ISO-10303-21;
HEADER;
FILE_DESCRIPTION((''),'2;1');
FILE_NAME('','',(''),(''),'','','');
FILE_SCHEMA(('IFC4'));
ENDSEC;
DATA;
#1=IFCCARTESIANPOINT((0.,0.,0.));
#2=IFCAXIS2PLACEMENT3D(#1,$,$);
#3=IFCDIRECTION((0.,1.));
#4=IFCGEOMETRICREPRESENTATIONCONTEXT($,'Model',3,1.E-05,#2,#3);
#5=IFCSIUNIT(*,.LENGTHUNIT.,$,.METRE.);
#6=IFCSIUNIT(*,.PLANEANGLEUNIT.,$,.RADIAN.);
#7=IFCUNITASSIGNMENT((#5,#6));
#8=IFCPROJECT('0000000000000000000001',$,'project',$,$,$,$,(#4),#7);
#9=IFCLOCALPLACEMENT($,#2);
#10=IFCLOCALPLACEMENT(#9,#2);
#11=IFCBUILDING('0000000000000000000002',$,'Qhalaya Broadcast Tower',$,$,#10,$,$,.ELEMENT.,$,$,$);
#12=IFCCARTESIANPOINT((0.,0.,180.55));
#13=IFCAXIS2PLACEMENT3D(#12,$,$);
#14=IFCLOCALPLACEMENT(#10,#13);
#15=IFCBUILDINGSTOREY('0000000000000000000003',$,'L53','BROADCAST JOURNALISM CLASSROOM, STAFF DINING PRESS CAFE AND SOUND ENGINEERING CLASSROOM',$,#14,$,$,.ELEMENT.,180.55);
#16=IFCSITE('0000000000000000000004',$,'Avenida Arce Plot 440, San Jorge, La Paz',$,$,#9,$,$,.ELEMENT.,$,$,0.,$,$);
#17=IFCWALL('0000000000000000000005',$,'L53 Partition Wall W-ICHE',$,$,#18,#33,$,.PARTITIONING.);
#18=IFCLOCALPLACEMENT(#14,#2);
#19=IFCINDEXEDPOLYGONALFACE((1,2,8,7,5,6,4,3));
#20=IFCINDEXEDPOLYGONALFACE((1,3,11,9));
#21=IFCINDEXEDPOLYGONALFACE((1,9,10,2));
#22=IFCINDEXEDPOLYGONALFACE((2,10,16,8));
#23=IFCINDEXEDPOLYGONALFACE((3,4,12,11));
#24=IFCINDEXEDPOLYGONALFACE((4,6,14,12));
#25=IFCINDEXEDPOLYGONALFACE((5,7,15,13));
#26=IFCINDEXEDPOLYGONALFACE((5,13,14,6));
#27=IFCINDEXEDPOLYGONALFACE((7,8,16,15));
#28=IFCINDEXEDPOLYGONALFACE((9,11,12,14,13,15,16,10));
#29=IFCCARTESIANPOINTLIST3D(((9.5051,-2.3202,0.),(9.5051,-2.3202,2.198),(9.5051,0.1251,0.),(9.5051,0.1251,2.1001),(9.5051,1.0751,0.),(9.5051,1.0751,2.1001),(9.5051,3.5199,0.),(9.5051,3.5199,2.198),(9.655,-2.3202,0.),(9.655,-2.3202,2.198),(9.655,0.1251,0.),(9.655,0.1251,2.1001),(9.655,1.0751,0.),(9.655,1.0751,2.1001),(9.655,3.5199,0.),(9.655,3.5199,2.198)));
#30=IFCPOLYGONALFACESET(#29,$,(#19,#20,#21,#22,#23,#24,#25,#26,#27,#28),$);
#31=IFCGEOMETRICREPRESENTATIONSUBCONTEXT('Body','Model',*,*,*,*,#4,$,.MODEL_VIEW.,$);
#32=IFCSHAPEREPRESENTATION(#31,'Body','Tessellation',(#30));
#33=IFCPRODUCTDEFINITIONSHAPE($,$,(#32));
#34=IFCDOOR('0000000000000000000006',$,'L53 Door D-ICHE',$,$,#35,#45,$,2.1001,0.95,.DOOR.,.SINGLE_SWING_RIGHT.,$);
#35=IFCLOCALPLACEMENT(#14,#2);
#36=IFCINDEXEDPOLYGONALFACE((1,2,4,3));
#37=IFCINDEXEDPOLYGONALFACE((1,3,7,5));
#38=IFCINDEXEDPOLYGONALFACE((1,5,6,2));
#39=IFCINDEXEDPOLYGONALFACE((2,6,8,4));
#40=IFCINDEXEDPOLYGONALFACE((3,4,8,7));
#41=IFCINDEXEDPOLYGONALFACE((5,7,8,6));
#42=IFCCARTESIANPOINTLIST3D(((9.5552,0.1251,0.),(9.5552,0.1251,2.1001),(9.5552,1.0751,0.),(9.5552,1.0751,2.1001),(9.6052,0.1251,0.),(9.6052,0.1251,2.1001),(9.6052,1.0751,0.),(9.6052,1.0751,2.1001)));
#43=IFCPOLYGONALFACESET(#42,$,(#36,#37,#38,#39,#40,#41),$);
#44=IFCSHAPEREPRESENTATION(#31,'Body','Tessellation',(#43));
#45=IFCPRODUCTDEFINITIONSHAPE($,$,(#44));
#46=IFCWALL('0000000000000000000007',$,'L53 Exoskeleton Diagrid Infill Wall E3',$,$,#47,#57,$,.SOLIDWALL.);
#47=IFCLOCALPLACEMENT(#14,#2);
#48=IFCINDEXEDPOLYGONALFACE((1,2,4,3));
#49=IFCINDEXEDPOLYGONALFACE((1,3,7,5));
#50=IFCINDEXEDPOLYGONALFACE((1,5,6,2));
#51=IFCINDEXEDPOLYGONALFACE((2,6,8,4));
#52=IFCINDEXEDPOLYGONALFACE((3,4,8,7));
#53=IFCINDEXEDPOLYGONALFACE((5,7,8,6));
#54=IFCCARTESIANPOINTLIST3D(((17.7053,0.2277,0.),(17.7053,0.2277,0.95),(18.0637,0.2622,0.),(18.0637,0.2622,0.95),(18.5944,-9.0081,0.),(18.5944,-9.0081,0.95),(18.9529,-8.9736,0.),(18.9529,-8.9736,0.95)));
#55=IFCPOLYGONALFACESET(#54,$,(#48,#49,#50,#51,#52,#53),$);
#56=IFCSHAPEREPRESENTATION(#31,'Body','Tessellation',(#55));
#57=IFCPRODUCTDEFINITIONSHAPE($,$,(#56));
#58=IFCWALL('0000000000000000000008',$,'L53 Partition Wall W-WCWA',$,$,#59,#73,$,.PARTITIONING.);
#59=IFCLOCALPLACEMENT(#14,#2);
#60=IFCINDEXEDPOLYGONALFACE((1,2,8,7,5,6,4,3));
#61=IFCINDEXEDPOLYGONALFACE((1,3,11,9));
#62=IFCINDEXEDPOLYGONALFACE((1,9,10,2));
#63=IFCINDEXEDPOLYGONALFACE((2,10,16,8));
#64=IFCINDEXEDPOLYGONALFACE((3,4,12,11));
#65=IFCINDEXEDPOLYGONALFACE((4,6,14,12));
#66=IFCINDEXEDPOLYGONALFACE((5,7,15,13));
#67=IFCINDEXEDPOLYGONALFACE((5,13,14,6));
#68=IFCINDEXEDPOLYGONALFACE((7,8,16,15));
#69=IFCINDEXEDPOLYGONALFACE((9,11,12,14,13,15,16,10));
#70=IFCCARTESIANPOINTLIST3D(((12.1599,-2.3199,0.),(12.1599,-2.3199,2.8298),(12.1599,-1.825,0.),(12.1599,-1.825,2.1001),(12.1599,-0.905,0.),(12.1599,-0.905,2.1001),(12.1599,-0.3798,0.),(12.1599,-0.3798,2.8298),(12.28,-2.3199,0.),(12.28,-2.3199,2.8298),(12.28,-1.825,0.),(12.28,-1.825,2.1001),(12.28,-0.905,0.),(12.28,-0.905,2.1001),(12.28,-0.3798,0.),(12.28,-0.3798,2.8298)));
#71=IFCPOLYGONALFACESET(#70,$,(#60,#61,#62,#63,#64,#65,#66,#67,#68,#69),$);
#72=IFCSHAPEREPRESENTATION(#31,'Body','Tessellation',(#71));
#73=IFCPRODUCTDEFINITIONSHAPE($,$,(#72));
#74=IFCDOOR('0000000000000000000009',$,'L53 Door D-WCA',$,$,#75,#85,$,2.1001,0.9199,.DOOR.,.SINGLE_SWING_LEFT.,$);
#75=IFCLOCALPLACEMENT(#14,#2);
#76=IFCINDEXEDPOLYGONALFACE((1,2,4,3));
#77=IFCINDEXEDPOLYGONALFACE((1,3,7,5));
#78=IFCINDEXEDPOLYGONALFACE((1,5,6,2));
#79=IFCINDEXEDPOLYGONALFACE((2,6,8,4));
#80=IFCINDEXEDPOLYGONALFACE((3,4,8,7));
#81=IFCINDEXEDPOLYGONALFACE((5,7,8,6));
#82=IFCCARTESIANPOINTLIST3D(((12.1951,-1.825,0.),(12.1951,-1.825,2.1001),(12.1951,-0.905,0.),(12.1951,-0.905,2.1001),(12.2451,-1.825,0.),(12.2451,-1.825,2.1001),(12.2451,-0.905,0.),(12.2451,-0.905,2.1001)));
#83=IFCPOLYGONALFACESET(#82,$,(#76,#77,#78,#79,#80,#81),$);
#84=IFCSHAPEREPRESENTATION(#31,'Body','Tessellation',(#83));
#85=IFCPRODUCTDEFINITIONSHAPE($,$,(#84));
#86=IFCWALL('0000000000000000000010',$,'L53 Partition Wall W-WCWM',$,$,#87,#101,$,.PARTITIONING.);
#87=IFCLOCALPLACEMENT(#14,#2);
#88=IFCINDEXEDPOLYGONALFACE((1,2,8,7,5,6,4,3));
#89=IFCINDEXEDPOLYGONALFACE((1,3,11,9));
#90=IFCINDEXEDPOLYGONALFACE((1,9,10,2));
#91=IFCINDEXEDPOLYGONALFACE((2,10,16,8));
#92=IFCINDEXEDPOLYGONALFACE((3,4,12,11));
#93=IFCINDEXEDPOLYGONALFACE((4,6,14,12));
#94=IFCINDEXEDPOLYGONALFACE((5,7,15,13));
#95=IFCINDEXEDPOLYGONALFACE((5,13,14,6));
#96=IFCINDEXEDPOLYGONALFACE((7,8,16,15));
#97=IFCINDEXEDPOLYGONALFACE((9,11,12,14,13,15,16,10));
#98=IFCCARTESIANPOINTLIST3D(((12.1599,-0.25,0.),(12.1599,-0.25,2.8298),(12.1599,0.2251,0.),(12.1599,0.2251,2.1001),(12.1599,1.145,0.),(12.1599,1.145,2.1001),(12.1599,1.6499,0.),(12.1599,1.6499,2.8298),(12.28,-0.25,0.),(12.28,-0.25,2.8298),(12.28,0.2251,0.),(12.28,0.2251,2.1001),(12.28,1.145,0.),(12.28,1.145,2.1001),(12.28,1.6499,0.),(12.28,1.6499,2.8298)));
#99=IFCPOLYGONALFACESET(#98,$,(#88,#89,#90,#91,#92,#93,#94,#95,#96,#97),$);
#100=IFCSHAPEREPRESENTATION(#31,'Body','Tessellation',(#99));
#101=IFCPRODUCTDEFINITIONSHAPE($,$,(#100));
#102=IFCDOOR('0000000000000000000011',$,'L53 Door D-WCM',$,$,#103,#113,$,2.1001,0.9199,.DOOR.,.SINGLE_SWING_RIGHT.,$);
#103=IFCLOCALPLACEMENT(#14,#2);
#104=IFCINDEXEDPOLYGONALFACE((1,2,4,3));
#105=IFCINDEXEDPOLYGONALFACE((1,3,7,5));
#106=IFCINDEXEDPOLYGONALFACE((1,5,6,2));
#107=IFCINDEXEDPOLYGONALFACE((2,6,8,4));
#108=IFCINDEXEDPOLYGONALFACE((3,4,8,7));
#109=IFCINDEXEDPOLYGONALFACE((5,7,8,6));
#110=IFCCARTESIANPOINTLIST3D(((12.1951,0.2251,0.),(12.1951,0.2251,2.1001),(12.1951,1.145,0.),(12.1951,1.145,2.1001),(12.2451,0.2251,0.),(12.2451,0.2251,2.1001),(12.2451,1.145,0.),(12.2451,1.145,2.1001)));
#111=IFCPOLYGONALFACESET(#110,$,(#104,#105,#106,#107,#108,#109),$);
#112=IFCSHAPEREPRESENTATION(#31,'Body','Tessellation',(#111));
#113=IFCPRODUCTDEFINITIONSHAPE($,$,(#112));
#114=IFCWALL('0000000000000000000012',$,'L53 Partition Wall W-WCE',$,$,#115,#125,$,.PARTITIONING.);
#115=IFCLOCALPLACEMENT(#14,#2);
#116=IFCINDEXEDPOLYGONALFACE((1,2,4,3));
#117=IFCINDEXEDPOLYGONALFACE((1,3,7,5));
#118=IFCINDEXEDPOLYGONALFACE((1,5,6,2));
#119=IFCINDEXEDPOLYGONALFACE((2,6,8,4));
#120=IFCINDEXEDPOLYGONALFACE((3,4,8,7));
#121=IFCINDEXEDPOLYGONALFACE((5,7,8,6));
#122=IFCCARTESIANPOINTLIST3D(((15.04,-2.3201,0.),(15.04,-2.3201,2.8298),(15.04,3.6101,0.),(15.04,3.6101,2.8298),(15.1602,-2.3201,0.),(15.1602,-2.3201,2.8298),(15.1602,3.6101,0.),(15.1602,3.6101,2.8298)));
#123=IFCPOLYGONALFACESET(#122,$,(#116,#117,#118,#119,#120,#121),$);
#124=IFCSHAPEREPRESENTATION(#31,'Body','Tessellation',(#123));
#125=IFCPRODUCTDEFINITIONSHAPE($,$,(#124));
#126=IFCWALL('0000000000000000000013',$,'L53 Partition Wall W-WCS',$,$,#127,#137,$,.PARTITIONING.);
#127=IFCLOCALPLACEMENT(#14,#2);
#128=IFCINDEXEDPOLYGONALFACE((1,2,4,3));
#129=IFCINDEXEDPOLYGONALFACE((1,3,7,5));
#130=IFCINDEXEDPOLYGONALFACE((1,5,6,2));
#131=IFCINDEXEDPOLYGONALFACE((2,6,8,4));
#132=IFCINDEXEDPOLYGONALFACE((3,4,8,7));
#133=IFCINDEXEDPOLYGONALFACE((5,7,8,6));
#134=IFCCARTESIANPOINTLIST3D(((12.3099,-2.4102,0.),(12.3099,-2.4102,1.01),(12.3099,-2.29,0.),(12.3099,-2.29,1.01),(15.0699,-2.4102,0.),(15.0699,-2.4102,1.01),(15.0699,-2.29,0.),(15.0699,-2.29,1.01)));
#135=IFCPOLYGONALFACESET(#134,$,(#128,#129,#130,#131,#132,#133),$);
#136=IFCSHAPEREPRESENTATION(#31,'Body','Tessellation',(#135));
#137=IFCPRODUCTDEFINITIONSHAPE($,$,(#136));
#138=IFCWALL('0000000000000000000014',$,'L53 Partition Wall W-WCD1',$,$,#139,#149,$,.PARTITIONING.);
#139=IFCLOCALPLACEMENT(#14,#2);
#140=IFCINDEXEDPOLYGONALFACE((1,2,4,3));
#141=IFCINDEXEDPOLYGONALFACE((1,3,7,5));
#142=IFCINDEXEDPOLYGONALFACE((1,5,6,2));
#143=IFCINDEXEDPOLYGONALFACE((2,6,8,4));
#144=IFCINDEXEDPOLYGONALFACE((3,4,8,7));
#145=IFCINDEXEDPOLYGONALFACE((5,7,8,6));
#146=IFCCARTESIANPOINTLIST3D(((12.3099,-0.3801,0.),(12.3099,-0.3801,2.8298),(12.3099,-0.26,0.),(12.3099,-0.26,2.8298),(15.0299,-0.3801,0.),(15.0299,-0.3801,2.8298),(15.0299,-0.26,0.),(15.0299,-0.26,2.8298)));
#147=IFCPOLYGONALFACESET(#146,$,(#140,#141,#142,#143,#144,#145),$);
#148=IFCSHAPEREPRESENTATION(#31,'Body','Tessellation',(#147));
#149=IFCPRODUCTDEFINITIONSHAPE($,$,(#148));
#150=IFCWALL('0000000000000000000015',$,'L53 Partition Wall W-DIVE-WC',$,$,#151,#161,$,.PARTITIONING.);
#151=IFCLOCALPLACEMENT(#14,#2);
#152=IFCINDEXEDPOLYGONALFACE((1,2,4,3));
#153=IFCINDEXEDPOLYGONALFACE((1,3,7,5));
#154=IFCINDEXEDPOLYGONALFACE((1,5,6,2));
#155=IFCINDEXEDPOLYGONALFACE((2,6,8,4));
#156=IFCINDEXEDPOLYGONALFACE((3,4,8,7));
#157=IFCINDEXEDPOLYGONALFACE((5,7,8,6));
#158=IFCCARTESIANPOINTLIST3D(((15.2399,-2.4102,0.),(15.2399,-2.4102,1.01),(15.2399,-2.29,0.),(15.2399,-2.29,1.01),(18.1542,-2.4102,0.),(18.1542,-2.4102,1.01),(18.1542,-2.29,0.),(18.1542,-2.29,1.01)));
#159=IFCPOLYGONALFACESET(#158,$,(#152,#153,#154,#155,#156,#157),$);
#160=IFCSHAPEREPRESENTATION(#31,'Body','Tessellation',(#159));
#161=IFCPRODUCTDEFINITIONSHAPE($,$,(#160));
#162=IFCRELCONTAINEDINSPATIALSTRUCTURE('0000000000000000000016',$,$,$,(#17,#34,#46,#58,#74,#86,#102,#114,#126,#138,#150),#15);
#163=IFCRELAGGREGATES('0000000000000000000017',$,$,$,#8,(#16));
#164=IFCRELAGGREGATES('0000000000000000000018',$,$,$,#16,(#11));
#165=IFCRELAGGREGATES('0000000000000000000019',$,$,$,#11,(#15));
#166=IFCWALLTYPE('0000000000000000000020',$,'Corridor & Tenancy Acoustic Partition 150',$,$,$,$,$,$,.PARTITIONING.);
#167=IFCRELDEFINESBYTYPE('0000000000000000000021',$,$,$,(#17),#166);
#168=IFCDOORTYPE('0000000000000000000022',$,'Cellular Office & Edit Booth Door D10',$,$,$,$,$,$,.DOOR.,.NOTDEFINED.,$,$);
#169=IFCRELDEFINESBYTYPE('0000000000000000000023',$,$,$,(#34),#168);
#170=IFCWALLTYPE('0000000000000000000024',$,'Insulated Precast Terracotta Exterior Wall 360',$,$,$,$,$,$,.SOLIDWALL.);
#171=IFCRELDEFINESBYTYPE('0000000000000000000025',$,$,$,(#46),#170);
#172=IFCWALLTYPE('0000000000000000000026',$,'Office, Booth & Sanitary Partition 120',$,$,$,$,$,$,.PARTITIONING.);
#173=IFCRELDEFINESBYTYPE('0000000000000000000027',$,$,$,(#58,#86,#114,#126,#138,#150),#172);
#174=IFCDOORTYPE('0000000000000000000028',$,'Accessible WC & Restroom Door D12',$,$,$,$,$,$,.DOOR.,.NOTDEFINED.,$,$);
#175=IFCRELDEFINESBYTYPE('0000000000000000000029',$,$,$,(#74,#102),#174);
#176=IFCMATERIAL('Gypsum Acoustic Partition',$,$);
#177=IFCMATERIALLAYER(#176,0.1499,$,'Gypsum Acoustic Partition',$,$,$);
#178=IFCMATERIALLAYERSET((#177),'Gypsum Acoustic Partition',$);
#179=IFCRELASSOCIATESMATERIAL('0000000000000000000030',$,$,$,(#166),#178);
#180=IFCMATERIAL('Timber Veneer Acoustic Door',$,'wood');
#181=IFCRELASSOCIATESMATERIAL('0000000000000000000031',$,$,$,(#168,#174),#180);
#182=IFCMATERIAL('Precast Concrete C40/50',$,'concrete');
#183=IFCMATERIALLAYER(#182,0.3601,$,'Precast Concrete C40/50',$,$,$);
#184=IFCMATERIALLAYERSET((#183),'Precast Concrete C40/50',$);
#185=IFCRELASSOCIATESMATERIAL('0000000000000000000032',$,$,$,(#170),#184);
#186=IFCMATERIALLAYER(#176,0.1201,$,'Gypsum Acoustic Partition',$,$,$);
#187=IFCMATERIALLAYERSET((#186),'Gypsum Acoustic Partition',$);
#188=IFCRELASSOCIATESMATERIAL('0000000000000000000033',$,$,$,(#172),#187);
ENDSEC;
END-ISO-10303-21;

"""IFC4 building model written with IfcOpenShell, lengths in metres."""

from ifc_helpers import new_model, si_unit, direction, frame, frame_2d, origin, place, context, subcontext, project, spatial, rectangle, extrude, material, layer, layer_set, type_object, element, fill, save


model = new_model("IFC4")

# Units and contexts
model_context = context("Model", 3, precision=1e-05, world=origin(), true_north=direction((0.0, 1.0)))
body_context = subcontext(model_context, "Body", "Model", "MODEL_VIEW")
ifc_project = project(units=[si_unit("LENGTHUNIT", "METRE"), si_unit("PLANEANGLEUNIT", "RADIAN")], contexts=[model_context])

# Site, building, storey
site_placement = place(None, origin())
site = spatial("IfcSite", under=ifc_project, at=site_placement, Name="Avenida Arce Plot 440, San Jorge, La Paz", CompositionType="ELEMENT", RefElevation=0.0)
building_placement = place(site_placement, origin())
building = spatial("IfcBuilding", under=site, at=building_placement, Name="Qhalaya Broadcast Tower", CompositionType="ELEMENT")
storey_placement = place(building_placement, frame((0.0, 0.0, 180.55)))
storey = spatial("IfcBuildingStorey", under=building, at=storey_placement, Name="L53", Description="BROADCAST JOURNALISM CLASSROOM, STAFF DINING PRESS CAFE AND SOUND ENGINEERING CLASSROOM", CompositionType="ELEMENT", Elevation=180.55)

# Wall, opening, door
ifc_material_1 = material(Name="Gypsum Acoustic Partition")
ifc_layer_1 = layer(ifc_material_1, 0.1499, Name="Gypsum Acoustic Partition")
ifc_layer_set_1 = layer_set([ifc_layer_1], Name="Gypsum Acoustic Partition")
wall_type_1 = type_object("IfcWallType", Name="Corridor & Tenancy Acoustic Partition 150", PredefinedType="PARTITIONING", material=ifc_layer_set_1)
wall_1_placement = place(storey_placement, frame((9.5801, -2.3201, 0.0), z_axis=(0.0, 0.0, 1.0), x_axis=(0.0, 1.0, 0.0)))
wall_1 = element("IfcWall", 1, at=wall_1_placement, inside=storey, type_object=wall_type_1, Name="L53 Partition Wall W-ICHE", PredefinedType="PARTITIONING", context=body_context, shape_type="SweptSolid", body=[
    extrude(rectangle(XDim=5.8401, YDim=0.1499, at=frame_2d((2.9199, 0.0))), origin(), (0.0, 0.0, 1.0), 2.198),
])
opening_1_placement = place(wall_1_placement, frame((2.4451, 0.0, 0.0)))
opening_1 = element("IfcOpeningElement", 2, at=opening_1_placement, cuts=wall_1, PredefinedType="OPENING", context=body_context, shape_type="SweptSolid", body=[
    extrude(rectangle(XDim=0.95, YDim=2.1001, at=frame_2d((0.4751, 1.05))), frame((0.0, 0.0869, 0.0), z_axis=(0.0, -1.0, 0.0), x_axis=(1.0, 0.0, 0.0)), (0.0, 0.0, 1.0), 0.1738),
])
ifc_material_2 = material(Name="Timber Veneer Acoustic Door", Category="wood")
door_type_1 = type_object("IfcDoorType", Name="Cellular Office & Edit Booth Door D10", OperationType="NOTDEFINED", PredefinedType="DOOR", material=ifc_material_2)
door_1_placement = place(opening_1_placement, origin())
door_1 = element("IfcDoor", 3, at=door_1_placement, inside=storey, type_object=door_type_1, Name="L53 Door D-ICHE", OperationType="SINGLE_SWING_RIGHT", OverallHeight=2.1001, OverallWidth=0.95, PredefinedType="DOOR", context=body_context, shape_type="SweptSolid", body=[
    extrude(rectangle(XDim=0.95, YDim=2.1001, at=frame_2d((0.4751, 1.05))), frame((0.0, 0.0249, 0.0), z_axis=(0.0, -1.0, 0.0), x_axis=(1.0, 0.0, 0.0)), (0.0, 0.0, 1.0), 0.05),
])
fill(opening_1, door_1)

# Wall
ifc_material_3 = material(Name="Precast Concrete C40/50", Category="concrete")
ifc_layer_2 = layer(ifc_material_3, 0.3601, Name="Precast Concrete C40/50")
ifc_layer_set_2 = layer_set([ifc_layer_2], Name="Precast Concrete C40/50")
wall_type_2 = type_object("IfcWallType", Name="Insulated Precast Terracotta Exterior Wall 360", PredefinedType="SOLIDWALL", material=ifc_layer_set_2)
wall_2_placement = place(storey_placement, frame((17.8845, 0.2449, 0.0), z_axis=(0.0, 0.0, 1.0), x_axis=(0.09583, -0.995398, 0.0)))
element("IfcWall", 4, at=wall_2_placement, inside=storey, type_object=wall_type_2, Name="L53 Exoskeleton Diagrid Infill Wall E3", PredefinedType="SOLIDWALL", context=body_context, shape_type="SweptSolid", body=[
    extrude(rectangle(XDim=9.2786, YDim=0.3601, at=frame_2d((4.6392, 0.0))), origin(), (0.0, 0.0, 1.0), 0.95),
])

# Walls, openings, doors
ifc_layer_3 = layer(ifc_material_1, 0.1201, Name="Gypsum Acoustic Partition")
ifc_layer_set_3 = layer_set([ifc_layer_3], Name="Gypsum Acoustic Partition")
wall_type_3 = type_object("IfcWallType", Name="Office, Booth & Sanitary Partition 120", PredefinedType="PARTITIONING", material=ifc_layer_set_3)
wall_3_placement = place(storey_placement, frame((12.22, -2.3201, 0.0), z_axis=(0.0, 0.0, 1.0), x_axis=(0.0, 1.0, 0.0)))
wall_3 = element("IfcWall", 5, at=wall_3_placement, inside=storey, type_object=wall_type_3, Name="L53 Partition Wall W-WCWA", PredefinedType="PARTITIONING", context=body_context, shape_type="SweptSolid", body=[
    extrude(rectangle(XDim=1.9402, YDim=0.1201, at=frame_2d((0.9702, 0.0))), origin(), (0.0, 0.0, 1.0), 2.8298),
])
opening_2_placement = place(wall_3_placement, frame((0.4951, 0.0, 0.0)))
opening_2 = element("IfcOpeningElement", 6, at=opening_2_placement, cuts=wall_3, PredefinedType="OPENING", context=body_context, shape_type="SweptSolid", body=[
    extrude(rectangle(XDim=0.9199, YDim=2.1001, at=frame_2d((0.46, 1.05))), frame((0.0, 0.072, 0.0), z_axis=(0.0, -1.0, 0.0), x_axis=(1.0, 0.0, 0.0)), (0.0, 0.0, 1.0), 0.144),
])
door_type_2 = type_object("IfcDoorType", Name="Accessible WC & Restroom Door D12", OperationType="NOTDEFINED", PredefinedType="DOOR", material=ifc_material_2)
door_2_placement = place(opening_2_placement, origin())
door_2 = element("IfcDoor", 7, at=door_2_placement, inside=storey, type_object=door_type_2, Name="L53 Door D-WCA", OperationType="SINGLE_SWING_LEFT", OverallHeight=2.1001, OverallWidth=0.9199, PredefinedType="DOOR", context=body_context, shape_type="SweptSolid", body=[
    extrude(rectangle(XDim=0.9199, YDim=2.1001, at=frame_2d((0.46, 1.05))), frame((0.0, 0.0249, 0.0), z_axis=(0.0, -1.0, 0.0), x_axis=(1.0, 0.0, 0.0)), (0.0, 0.0, 1.0), 0.05),
])
fill(opening_2, door_2)
wall_4_placement = place(storey_placement, frame((12.22, -0.25, 0.0), z_axis=(0.0, 0.0, 1.0), x_axis=(0.0, 1.0, 0.0)))
wall_4 = element("IfcWall", 8, at=wall_4_placement, inside=storey, type_object=wall_type_3, Name="L53 Partition Wall W-WCWM", PredefinedType="PARTITIONING", context=body_context, shape_type="SweptSolid", body=[
    extrude(rectangle(XDim=1.8999, YDim=0.1201, at=frame_2d((0.95, 0.0))), origin(), (0.0, 0.0, 1.0), 2.8298),
])
opening_3_placement = place(wall_4_placement, frame((0.4751, 0.0, 0.0)))
opening_3 = element("IfcOpeningElement", 9, at=opening_3_placement, cuts=wall_4, PredefinedType="OPENING", context=body_context, shape_type="SweptSolid", body=[
    extrude(rectangle(XDim=0.9199, YDim=2.1001, at=frame_2d((0.46, 1.05))), frame((0.0, 0.072, 0.0), z_axis=(0.0, -1.0, 0.0), x_axis=(1.0, 0.0, 0.0)), (0.0, 0.0, 1.0), 0.144),
])
door_3_placement = place(opening_3_placement, origin())
door_3 = element("IfcDoor", 10, at=door_3_placement, inside=storey, type_object=door_type_2, Name="L53 Door D-WCM", OperationType="SINGLE_SWING_RIGHT", OverallHeight=2.1001, OverallWidth=0.9199, PredefinedType="DOOR", context=body_context, shape_type="SweptSolid", body=[
    extrude(rectangle(XDim=0.9199, YDim=2.1001, at=frame_2d((0.46, 1.05))), frame((0.0, 0.0249, 0.0), z_axis=(0.0, -1.0, 0.0), x_axis=(1.0, 0.0, 0.0)), (0.0, 0.0, 1.0), 0.05),
])
fill(opening_3, door_3)

# Walls
wall_5_placement = place(storey_placement, frame((15.1001, -2.3201, 0.0), z_axis=(0.0, 0.0, 1.0), x_axis=(0.0, 1.0, 0.0)))
element("IfcWall", 11, at=wall_5_placement, inside=storey, type_object=wall_type_3, Name="L53 Partition Wall W-WCE", PredefinedType="PARTITIONING", context=body_context, shape_type="SweptSolid", body=[
    extrude(rectangle(XDim=5.9302, YDim=0.1201, at=frame_2d((2.9651, 0.0))), origin(), (0.0, 0.0, 1.0), 2.8298),
])
wall_6_placement = place(storey_placement, frame((12.3101, -2.3501, 0.0), z_axis=(0.0, 0.0, 1.0), x_axis=(1.0, 0.0, 0.0)))
element("IfcWall", 12, at=wall_6_placement, inside=storey, type_object=wall_type_3, Name="L53 Partition Wall W-WCS", PredefinedType="PARTITIONING", context=body_context, shape_type="SweptSolid", body=[
    extrude(rectangle(XDim=2.76, YDim=0.1201, at=frame_2d((1.3799, 0.0))), origin(), (0.0, 0.0, 1.0), 1.01),
])
wall_7_placement = place(storey_placement, frame((12.3101, -0.3201, 0.0), z_axis=(0.0, 0.0, 1.0), x_axis=(1.0, 0.0, 0.0)))
element("IfcWall", 13, at=wall_7_placement, inside=storey, type_object=wall_type_3, Name="L53 Partition Wall W-WCD1", PredefinedType="PARTITIONING", context=body_context, shape_type="SweptSolid", body=[
    extrude(rectangle(XDim=2.72, YDim=0.1201, at=frame_2d((1.3599, 0.0))), origin(), (0.0, 0.0, 1.0), 2.8298),
])
wall_8_placement = place(storey_placement, frame((15.24, -2.3501, 0.0), z_axis=(0.0, 0.0, 1.0), x_axis=(1.0, 0.0, 0.0)))
element("IfcWall", 14, at=wall_8_placement, inside=storey, type_object=wall_type_3, Name="L53 Partition Wall W-DIVE-WC", PredefinedType="PARTITIONING", context=body_context, shape_type="SweptSolid", body=[
    extrude(rectangle(XDim=2.9143, YDim=0.1201, at=frame_2d((1.457, 0.0))), origin(), (0.0, 0.0, 1.0), 1.01),
])

save(model, "model.ifc")
